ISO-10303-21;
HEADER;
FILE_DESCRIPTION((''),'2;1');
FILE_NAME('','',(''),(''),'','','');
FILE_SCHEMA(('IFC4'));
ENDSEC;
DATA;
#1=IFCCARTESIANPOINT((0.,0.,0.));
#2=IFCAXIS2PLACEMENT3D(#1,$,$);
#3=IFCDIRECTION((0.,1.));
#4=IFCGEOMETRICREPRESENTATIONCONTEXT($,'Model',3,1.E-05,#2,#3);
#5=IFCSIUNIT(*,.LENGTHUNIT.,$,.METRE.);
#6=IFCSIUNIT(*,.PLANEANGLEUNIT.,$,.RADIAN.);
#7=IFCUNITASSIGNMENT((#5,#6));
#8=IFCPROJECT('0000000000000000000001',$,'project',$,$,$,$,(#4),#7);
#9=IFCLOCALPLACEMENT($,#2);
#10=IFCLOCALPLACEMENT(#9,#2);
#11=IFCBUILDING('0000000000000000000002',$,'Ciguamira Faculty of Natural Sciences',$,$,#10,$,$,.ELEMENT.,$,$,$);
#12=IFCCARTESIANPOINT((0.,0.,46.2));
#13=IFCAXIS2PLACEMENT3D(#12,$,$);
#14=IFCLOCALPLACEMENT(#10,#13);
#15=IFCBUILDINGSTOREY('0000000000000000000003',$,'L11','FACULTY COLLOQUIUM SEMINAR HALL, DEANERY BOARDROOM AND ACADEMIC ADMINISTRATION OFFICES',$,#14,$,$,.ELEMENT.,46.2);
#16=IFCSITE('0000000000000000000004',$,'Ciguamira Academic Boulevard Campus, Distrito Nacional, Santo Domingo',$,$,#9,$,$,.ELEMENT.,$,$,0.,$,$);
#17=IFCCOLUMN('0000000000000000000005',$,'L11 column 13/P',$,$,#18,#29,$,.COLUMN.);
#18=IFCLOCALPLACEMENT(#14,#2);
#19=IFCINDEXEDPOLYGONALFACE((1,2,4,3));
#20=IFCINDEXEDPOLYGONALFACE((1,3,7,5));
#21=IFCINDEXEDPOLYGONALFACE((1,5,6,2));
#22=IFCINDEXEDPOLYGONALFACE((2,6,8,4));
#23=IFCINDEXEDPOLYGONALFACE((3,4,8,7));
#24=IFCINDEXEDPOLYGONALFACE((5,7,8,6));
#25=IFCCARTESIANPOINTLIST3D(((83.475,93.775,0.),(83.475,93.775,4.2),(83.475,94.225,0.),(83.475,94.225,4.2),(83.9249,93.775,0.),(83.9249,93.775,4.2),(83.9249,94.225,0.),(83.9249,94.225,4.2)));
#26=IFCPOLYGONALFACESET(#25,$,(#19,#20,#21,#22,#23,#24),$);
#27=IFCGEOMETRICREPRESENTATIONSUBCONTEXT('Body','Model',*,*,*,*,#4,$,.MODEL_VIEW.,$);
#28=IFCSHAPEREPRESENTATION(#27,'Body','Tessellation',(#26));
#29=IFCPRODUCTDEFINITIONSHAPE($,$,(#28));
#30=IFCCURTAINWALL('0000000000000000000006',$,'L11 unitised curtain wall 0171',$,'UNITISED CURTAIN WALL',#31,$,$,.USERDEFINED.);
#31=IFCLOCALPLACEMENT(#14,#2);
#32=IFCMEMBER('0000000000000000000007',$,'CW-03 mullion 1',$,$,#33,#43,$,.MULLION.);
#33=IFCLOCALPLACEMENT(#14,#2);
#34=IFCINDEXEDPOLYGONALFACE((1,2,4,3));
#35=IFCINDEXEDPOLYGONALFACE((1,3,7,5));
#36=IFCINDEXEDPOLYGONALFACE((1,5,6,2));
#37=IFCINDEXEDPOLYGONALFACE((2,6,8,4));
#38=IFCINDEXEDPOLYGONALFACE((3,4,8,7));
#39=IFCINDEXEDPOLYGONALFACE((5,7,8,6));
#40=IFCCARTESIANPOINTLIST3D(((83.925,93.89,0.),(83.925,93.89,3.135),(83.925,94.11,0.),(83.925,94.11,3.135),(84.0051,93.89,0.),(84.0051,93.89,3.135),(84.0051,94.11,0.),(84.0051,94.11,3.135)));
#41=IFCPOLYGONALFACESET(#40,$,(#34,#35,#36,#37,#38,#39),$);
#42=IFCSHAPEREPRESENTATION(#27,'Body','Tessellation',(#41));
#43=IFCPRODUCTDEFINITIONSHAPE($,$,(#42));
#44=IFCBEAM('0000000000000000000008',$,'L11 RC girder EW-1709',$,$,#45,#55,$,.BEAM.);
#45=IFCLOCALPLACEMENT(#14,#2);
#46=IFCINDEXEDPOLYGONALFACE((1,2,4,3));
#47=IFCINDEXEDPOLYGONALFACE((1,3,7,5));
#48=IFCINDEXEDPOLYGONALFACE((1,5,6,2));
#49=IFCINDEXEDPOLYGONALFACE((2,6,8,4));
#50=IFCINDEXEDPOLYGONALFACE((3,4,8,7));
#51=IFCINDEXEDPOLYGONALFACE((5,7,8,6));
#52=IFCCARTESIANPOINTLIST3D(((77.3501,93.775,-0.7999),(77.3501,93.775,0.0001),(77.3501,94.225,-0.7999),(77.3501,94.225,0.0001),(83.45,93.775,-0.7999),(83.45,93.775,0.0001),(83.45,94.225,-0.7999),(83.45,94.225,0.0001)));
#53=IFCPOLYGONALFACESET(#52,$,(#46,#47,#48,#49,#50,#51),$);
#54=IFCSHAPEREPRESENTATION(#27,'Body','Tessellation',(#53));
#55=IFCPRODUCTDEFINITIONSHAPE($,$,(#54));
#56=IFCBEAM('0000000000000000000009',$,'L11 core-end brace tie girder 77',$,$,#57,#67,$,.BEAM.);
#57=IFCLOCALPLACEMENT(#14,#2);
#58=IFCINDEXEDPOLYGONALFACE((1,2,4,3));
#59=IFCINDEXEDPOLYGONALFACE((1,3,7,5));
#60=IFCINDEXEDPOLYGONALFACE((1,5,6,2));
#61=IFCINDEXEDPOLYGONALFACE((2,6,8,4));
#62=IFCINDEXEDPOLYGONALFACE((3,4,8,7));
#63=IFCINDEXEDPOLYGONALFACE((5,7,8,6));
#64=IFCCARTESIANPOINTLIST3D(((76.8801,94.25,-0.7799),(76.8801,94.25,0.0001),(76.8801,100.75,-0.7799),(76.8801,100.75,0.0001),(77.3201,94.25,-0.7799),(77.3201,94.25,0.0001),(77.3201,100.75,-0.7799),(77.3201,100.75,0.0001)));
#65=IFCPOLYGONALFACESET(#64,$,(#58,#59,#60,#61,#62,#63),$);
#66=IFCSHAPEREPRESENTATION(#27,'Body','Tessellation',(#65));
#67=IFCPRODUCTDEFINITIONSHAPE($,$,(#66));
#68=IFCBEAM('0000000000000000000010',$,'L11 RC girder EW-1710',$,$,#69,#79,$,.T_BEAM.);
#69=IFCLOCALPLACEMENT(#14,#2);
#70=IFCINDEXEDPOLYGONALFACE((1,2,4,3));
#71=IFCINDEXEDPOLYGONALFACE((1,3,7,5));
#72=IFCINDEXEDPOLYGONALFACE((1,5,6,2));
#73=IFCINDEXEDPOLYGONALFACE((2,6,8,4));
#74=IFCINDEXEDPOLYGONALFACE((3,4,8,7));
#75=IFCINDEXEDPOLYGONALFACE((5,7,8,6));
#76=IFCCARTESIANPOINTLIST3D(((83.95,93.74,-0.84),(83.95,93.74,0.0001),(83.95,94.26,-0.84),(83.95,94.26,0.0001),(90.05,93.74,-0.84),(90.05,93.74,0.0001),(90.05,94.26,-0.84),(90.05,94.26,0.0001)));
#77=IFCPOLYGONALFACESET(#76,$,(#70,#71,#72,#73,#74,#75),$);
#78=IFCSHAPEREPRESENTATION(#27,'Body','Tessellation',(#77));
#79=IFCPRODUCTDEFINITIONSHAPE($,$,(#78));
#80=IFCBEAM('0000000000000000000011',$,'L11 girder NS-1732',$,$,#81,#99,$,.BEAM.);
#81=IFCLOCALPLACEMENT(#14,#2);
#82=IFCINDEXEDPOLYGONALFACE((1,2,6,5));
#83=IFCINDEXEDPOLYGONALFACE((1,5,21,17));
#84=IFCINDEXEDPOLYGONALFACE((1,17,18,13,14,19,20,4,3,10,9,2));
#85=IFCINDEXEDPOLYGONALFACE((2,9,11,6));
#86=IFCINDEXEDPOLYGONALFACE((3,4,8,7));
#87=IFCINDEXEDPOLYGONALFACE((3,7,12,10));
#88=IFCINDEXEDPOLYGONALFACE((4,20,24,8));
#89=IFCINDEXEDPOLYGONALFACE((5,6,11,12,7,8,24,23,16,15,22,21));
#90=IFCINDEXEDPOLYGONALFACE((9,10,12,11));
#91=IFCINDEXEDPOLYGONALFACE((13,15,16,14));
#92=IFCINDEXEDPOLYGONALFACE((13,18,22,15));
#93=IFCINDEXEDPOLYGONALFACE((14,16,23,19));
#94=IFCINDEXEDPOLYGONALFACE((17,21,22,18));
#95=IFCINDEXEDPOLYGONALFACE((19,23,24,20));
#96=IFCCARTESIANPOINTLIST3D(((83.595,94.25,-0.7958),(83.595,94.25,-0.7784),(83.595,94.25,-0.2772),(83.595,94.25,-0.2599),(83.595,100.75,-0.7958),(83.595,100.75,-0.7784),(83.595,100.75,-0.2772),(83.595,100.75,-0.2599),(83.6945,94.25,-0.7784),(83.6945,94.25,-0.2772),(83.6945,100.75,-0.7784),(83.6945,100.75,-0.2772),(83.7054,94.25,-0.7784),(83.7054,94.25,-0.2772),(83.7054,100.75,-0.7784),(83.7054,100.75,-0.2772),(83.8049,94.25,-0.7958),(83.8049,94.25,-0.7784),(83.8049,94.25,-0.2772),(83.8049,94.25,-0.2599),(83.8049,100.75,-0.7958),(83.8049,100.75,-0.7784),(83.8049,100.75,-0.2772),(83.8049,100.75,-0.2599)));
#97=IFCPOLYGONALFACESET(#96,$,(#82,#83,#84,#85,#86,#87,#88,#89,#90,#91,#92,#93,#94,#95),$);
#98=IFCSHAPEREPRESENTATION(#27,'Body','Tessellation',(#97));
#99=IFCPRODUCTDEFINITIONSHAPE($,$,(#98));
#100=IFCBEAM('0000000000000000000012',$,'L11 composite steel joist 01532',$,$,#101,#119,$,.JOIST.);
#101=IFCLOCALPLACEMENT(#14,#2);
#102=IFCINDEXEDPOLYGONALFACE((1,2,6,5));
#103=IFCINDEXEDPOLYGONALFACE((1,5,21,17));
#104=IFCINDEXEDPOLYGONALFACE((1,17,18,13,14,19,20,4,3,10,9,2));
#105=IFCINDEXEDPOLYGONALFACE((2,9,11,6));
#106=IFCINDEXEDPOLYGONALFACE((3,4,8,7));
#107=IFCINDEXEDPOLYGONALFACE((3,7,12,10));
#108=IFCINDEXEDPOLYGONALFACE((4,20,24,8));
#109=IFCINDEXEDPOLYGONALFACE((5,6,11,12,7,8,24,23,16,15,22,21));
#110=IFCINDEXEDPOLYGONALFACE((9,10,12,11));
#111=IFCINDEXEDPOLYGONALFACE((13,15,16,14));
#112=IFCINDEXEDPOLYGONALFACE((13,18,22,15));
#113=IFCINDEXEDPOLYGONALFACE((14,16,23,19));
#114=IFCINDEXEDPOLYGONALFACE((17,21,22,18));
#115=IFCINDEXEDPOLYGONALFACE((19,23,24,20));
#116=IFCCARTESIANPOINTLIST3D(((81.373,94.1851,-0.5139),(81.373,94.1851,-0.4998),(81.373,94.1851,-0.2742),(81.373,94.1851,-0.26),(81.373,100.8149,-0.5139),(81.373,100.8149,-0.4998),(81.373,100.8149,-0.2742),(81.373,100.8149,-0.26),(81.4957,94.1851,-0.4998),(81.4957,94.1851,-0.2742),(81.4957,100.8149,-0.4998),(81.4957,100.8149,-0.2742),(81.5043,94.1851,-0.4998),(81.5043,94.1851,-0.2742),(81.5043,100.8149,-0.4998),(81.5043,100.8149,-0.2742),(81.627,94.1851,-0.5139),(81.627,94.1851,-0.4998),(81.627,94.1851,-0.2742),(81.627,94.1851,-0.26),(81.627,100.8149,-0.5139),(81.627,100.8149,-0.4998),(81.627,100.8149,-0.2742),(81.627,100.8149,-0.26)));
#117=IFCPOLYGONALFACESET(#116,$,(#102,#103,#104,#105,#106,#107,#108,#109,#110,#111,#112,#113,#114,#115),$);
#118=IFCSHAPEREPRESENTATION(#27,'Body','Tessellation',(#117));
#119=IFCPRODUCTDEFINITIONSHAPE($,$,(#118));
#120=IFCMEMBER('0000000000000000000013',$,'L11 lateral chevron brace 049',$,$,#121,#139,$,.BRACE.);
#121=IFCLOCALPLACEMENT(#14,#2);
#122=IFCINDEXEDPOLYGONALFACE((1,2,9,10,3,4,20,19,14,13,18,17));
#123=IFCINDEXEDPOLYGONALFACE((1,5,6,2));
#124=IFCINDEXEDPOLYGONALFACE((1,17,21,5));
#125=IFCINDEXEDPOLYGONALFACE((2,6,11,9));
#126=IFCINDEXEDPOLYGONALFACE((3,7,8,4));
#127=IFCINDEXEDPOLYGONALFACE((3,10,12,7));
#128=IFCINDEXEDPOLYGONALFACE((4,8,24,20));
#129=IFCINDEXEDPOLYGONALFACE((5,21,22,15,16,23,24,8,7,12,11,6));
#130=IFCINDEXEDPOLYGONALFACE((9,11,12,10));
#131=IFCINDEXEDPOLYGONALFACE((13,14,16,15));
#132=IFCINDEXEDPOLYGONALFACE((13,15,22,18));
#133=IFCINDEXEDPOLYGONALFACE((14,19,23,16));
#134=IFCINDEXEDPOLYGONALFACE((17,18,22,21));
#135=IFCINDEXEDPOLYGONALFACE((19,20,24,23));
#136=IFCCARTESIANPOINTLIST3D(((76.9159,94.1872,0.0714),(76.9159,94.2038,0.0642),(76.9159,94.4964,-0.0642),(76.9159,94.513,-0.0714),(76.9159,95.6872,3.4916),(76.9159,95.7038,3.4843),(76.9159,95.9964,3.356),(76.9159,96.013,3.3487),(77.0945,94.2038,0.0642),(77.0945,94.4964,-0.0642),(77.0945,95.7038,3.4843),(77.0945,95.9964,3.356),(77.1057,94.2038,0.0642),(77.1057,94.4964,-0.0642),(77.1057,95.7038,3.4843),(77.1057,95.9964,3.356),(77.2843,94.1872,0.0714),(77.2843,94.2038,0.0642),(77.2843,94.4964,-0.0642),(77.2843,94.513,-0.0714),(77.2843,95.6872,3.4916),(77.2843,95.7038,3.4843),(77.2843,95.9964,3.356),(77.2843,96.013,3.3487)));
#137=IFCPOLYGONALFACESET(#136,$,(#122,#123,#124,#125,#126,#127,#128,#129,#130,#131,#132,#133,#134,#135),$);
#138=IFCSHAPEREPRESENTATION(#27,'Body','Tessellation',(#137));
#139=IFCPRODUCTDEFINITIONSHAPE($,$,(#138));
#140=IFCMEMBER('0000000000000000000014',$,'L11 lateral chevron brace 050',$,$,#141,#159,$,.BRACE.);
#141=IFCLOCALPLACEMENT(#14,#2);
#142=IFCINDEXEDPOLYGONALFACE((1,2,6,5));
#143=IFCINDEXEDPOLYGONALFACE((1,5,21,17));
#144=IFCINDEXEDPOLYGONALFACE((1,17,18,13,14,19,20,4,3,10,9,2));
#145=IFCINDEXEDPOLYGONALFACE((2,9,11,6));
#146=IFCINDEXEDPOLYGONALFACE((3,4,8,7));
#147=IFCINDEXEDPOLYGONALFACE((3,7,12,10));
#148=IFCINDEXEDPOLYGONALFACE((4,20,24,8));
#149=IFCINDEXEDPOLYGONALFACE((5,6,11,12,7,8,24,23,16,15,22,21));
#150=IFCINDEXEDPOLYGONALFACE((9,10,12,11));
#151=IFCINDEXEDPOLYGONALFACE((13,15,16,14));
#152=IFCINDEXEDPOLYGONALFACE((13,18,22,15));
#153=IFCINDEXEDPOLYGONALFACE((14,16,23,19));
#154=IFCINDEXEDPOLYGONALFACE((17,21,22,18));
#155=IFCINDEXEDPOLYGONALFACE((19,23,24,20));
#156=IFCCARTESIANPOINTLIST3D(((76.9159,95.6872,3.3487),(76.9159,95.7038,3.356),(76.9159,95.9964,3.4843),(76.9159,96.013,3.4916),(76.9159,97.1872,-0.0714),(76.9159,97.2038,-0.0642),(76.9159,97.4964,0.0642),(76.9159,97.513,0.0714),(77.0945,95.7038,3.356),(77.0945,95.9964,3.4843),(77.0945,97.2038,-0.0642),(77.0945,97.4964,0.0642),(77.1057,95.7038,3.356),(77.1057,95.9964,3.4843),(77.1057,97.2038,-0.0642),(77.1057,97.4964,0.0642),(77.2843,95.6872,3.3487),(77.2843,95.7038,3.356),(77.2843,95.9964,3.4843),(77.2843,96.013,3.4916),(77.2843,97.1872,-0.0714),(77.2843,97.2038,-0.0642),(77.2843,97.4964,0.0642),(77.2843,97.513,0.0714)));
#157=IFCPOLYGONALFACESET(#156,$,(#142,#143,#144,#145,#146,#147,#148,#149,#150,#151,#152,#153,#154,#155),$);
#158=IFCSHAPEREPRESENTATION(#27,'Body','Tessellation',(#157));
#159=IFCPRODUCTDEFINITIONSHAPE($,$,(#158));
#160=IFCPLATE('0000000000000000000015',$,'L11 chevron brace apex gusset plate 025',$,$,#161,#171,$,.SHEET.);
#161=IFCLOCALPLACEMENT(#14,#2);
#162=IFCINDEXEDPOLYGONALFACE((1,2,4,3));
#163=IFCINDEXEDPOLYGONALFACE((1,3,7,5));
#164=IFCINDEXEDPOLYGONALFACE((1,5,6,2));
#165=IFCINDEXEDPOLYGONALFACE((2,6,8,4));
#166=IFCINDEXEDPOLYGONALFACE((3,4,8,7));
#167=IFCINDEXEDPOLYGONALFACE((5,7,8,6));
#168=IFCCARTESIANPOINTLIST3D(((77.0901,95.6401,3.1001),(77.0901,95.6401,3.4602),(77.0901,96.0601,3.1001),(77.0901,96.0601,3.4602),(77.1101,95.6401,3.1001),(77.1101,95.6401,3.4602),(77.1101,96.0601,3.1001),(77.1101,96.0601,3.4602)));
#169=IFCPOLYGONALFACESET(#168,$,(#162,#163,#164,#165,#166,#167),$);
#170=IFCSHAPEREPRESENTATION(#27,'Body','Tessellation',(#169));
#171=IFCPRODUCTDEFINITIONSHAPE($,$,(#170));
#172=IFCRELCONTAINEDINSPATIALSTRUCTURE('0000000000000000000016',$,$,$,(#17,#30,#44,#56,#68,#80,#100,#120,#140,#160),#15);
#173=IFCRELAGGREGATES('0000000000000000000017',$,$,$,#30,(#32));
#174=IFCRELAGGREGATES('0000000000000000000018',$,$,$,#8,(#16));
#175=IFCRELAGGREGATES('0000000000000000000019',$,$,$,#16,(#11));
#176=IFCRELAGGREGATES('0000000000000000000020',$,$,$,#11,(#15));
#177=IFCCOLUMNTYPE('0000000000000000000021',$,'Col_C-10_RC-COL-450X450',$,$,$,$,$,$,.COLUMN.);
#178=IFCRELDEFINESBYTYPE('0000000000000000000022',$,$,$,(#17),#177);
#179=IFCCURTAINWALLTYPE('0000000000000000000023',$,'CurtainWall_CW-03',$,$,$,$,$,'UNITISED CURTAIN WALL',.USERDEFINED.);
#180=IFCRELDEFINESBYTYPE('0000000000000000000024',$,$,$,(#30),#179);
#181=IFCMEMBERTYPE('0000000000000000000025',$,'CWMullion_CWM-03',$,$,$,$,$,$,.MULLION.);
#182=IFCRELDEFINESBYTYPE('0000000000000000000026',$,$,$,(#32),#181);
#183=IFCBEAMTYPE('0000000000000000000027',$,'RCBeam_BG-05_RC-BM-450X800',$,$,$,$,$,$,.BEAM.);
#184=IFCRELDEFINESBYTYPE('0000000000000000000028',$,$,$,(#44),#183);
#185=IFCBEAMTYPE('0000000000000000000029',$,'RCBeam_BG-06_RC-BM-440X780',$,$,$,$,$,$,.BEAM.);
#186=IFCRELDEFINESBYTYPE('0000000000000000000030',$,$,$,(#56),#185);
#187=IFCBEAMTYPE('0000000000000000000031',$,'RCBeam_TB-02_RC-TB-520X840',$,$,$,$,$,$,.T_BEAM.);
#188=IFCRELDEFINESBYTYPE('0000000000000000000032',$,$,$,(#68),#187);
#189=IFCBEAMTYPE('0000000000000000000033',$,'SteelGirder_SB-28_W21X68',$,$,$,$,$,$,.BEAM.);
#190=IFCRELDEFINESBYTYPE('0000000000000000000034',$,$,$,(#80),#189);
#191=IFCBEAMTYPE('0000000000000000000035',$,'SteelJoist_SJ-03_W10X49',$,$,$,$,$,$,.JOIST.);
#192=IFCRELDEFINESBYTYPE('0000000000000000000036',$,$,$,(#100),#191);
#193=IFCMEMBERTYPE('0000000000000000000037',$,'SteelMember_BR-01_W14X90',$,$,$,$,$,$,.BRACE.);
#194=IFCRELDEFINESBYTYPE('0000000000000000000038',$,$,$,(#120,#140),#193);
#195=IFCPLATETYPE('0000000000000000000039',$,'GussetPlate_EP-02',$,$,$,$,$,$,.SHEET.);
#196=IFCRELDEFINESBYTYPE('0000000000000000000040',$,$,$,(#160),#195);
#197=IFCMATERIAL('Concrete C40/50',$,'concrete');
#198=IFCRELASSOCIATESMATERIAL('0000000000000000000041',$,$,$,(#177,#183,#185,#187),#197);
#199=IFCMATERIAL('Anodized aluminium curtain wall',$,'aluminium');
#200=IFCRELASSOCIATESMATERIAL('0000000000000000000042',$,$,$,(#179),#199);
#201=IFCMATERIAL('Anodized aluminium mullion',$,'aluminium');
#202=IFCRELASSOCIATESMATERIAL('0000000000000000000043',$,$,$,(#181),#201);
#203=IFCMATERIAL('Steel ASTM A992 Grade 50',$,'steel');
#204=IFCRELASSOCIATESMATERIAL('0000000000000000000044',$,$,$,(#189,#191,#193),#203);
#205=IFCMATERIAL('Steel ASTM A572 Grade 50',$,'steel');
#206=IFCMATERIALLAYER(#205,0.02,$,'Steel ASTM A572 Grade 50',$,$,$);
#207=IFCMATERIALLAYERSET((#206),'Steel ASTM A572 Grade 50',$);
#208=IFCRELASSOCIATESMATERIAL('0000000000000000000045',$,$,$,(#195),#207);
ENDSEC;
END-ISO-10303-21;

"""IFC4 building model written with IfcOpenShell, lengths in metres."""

from ifc_helpers import new_model, si_unit, direction, frame, origin, origin_2d, place, context, subcontext, project, spatial, rectangle, i_section, extrude, material, layer, layer_set, material_profile, profile_set, type_object, element, aggregate, save


model = new_model("IFC4")

# Units and contexts
model_context = context("Model", 3, precision=1e-05, world=origin(), true_north=direction((0.0, 1.0)))
body_context = subcontext(model_context, "Body", "Model", "MODEL_VIEW")
ifc_project = project(units=[si_unit("LENGTHUNIT", "METRE"), si_unit("PLANEANGLEUNIT", "RADIAN")], contexts=[model_context])

# Site, building, storey
site_placement = place(None, origin())
site = spatial("IfcSite", under=ifc_project, at=site_placement, Name="Ciguamira Academic Boulevard Campus, Distrito Nacional, Santo Domingo", CompositionType="ELEMENT", RefElevation=0.0)
building_placement = place(site_placement, origin())
building = spatial("IfcBuilding", under=site, at=building_placement, Name="Ciguamira Faculty of Natural Sciences", CompositionType="ELEMENT")
storey_placement = place(building_placement, frame((0.0, 0.0, 46.2)))
storey = spatial("IfcBuildingStorey", under=building, at=storey_placement, Name="L11", Description="FACULTY COLLOQUIUM SEMINAR HALL, DEANERY BOARDROOM AND ACADEMIC ADMINISTRATION OFFICES", CompositionType="ELEMENT", Elevation=46.2)

# Column
ifc_material_1 = material(Name="Concrete C40/50", Category="concrete")
ifc_material_profile_1 = material_profile(ifc_material_1, rectangle(XDim=0.45, YDim=0.45, at=origin_2d()), Name="RC-COL-450X450")
ifc_profile_set_1 = profile_set([ifc_material_profile_1], Name="Concrete C40/50")
column_type = type_object("IfcColumnType", Name="Col_C-10_RC-COL-450X450", PredefinedType="COLUMN", material=ifc_profile_set_1)
column_placement = place(storey_placement, frame((83.7, 94.0, 0.0), z_axis=(0.0, 0.0, 1.0), x_axis=(1.0, 0.0, 0.0)))
element("IfcColumn", 1, at=column_placement, inside=storey, type_object=column_type, Name="L11 column 13/P", PredefinedType="COLUMN", context=body_context, shape_type="SweptSolid", body=[
    extrude(rectangle(XDim=0.45, YDim=0.45, at=origin_2d()), origin(), (0.0, 0.0, 1.0), 4.2),
])

# Curtain wall, member
ifc_material_2 = material(Name="Anodized aluminium curtain wall", Category="aluminium")
curtain_wall_type = type_object("IfcCurtainWallType", Name="CurtainWall_CW-03", ElementType="UNITISED CURTAIN WALL", PredefinedType="USERDEFINED", material=ifc_material_2)
curtain_wall_placement = place(storey_placement, origin())
curtain_wall = element("IfcCurtainWall", 2, at=curtain_wall_placement, inside=storey, type_object=curtain_wall_type, Name="L11 unitised curtain wall 0171", ObjectType="UNITISED CURTAIN WALL", PredefinedType="USERDEFINED")
ifc_material_3 = material(Name="Anodized aluminium mullion", Category="aluminium")
ifc_material_profile_2 = material_profile(ifc_material_3, rectangle(XDim=0.0801, YDim=0.22, at=origin_2d()), Name="ALU-MUL-80X220")
ifc_profile_set_2 = profile_set([ifc_material_profile_2], Name="Anodized aluminium mullion")
member_type_1 = type_object("IfcMemberType", Name="CWMullion_CWM-03", PredefinedType="MULLION", material=ifc_profile_set_2)
member_placement = place(storey_placement, frame((83.9651, 94.0, 0.0), z_axis=(0.0, 0.0, 1.0), x_axis=(1.0, 0.0, 0.0)))
member = element("IfcMember", 3, at=member_placement, type_object=member_type_1, Name="CW-03 mullion 1", PredefinedType="MULLION", context=body_context, shape_type="SweptSolid", body=[
    extrude(rectangle(XDim=0.0801, YDim=0.22, at=origin_2d()), origin(), (0.0, 0.0, 1.0), 3.135),
])
aggregate(curtain_wall, [member])

# Beams
ifc_material_profile_3 = material_profile(ifc_material_1, rectangle(XDim=0.45, YDim=0.8, at=origin_2d()), Name="RC-BM-450X800")
ifc_profile_set_3 = profile_set([ifc_material_profile_3], Name="Concrete C40/50")
beam_type_1 = type_object("IfcBeamType", Name="RCBeam_BG-05_RC-BM-450X800", PredefinedType="BEAM", material=ifc_profile_set_3)
beam_1_placement = place(storey_placement, frame((77.3501, 94.0, -0.3999), z_axis=(1.0, 0.0, 0.0), x_axis=(0.0, 1.0, 0.0)))
element("IfcBeam", 4, at=beam_1_placement, inside=storey, type_object=beam_type_1, Name="L11 RC girder EW-1709", PredefinedType="BEAM", context=body_context, shape_type="SweptSolid", body=[
    extrude(rectangle(XDim=0.45, YDim=0.8, at=origin_2d()), origin(), (0.0, 0.0, 1.0), 6.0999),
])
ifc_material_profile_4 = material_profile(ifc_material_1, rectangle(XDim=0.4399, YDim=0.78, at=origin_2d()), Name="RC-BM-440X780")
ifc_profile_set_4 = profile_set([ifc_material_profile_4], Name="Concrete C40/50")
beam_type_2 = type_object("IfcBeamType", Name="RCBeam_BG-06_RC-BM-440X780", PredefinedType="BEAM", material=ifc_profile_set_4)
beam_2_placement = place(storey_placement, frame((77.1001, 94.25, -0.3899), z_axis=(0.0, 1.0, 0.0), x_axis=(-1.0, 0.0, 0.0)))
element("IfcBeam", 5, at=beam_2_placement, inside=storey, type_object=beam_type_2, Name="L11 core-end brace tie girder 77", PredefinedType="BEAM", context=body_context, shape_type="SweptSolid", body=[
    extrude(rectangle(XDim=0.4399, YDim=0.78, at=origin_2d()), origin(), (0.0, 0.0, 1.0), 6.5),
])
ifc_material_profile_5 = material_profile(ifc_material_1, rectangle(XDim=0.52, YDim=0.8401, at=origin_2d()), Name="RC-TB-520X840")
ifc_profile_set_5 = profile_set([ifc_material_profile_5], Name="Concrete C40/50")
beam_type_3 = type_object("IfcBeamType", Name="RCBeam_TB-02_RC-TB-520X840", PredefinedType="T_BEAM", material=ifc_profile_set_5)
beam_3_placement = place(storey_placement, frame((83.95, 94.0, -0.4199), z_axis=(1.0, 0.0, 0.0), x_axis=(0.0, 1.0, 0.0)))
element("IfcBeam", 6, at=beam_3_placement, inside=storey, type_object=beam_type_3, Name="L11 RC girder EW-1710", PredefinedType="T_BEAM", context=body_context, shape_type="SweptSolid", body=[
    extrude(rectangle(XDim=0.52, YDim=0.8401, at=origin_2d()), origin(), (0.0, 0.0, 1.0), 6.1001),
])
ifc_material_4 = material(Name="Steel ASTM A992 Grade 50", Category="steel")
ifc_material_profile_6 = material_profile(ifc_material_4, i_section(OverallWidth=0.21, OverallDepth=0.5359, WebThickness=0.011, FlangeThickness=0.0173, at=origin_2d()), Name="W21X68")
ifc_profile_set_6 = profile_set([ifc_material_profile_6], Name="Steel ASTM A992 Grade 50")
beam_type_4 = type_object("IfcBeamType", Name="SteelGirder_SB-28_W21X68", PredefinedType="BEAM", material=ifc_profile_set_6)
beam_4_placement = place(storey_placement, frame((83.7, 94.25, -0.5278), z_axis=(0.0, 1.0, 0.0), x_axis=(-1.0, 0.0, 0.0)))
element("IfcBeam", 7, at=beam_4_placement, inside=storey, type_object=beam_type_4, Name="L11 girder NS-1732", PredefinedType="BEAM", context=body_context, shape_type="SweptSolid", body=[
    extrude(i_section(OverallWidth=0.21, OverallDepth=0.5359, WebThickness=0.011, FlangeThickness=0.0173, at=origin_2d()), origin(), (0.0, 0.0, 1.0), 6.5),
])
ifc_material_profile_7 = material_profile(ifc_material_4, i_section(OverallWidth=0.2539, OverallDepth=0.2539, WebThickness=0.0085, FlangeThickness=0.0142, at=origin_2d()), Name="W10X49")
ifc_profile_set_7 = profile_set([ifc_material_profile_7], Name="Steel ASTM A992 Grade 50")
beam_type_5 = type_object("IfcBeamType", Name="SteelJoist_SJ-03_W10X49", PredefinedType="JOIST", material=ifc_profile_set_7)
beam_5_placement = place(storey_placement, frame((81.5, 94.1851, -0.387), z_axis=(0.0, 1.0, 0.0), x_axis=(-1.0, 0.0, 0.0)))
element("IfcBeam", 8, at=beam_5_placement, inside=storey, type_object=beam_type_5, Name="L11 composite steel joist 01532", PredefinedType="JOIST", context=body_context, shape_type="SweptSolid", body=[
    extrude(i_section(OverallWidth=0.2539, OverallDepth=0.2539, WebThickness=0.0085, FlangeThickness=0.0142, at=origin_2d()), origin(), (0.0, 0.0, 1.0), 6.6299),
])

# Members
ifc_material_profile_8 = material_profile(ifc_material_4, i_section(OverallWidth=0.3684, OverallDepth=0.3557, WebThickness=0.0112, FlangeThickness=0.0181, at=origin_2d()), Name="W14X90")
ifc_profile_set_8 = profile_set([ifc_material_profile_8], Name="Steel ASTM A992 Grade 50")
member_type_2 = type_object("IfcMemberType", Name="SteelMember_BR-01_W14X90", PredefinedType="BRACE", material=ifc_profile_set_8)
for number, where, z_axis, x_axis, name in (
    (9, (77.1001, 94.3501, 0.0), (0.0, 0.401645, 0.915795), (-1.0, 0.0, 0.0), "L11 lateral chevron brace 049"),
    (10, (77.1001, 97.3501, 0.0), (0.0, -0.401645, 0.915795), (1.0, 0.0, 0.0), "L11 lateral chevron brace 050"),
):
    element("IfcMember", number, at=place(storey_placement, frame(where, z_axis=z_axis, x_axis=x_axis)), inside=storey, type_object=member_type_2, Name=name, PredefinedType="BRACE", context=body_context, shape_type="SweptSolid", body=[
        extrude(i_section(OverallWidth=0.3684, OverallDepth=0.3557, WebThickness=0.0112, FlangeThickness=0.0181, at=origin_2d()), origin(), (0.0, 0.0, 1.0), 3.7346),
    ])

# Plate
ifc_material_5 = material(Name="Steel ASTM A572 Grade 50", Category="steel")
ifc_layer_1 = layer(ifc_material_5, 0.02, Name="Steel ASTM A572 Grade 50")
ifc_layer_set_1 = layer_set([ifc_layer_1], Name="Steel ASTM A572 Grade 50")
plate_type = type_object("IfcPlateType", Name="GussetPlate_EP-02", PredefinedType="SHEET", material=ifc_layer_set_1)
plate_placement = place(storey_placement, frame((77.1001, 95.8501, 3.1001), z_axis=(0.0, 0.0, 1.0), x_axis=(1.0, 0.0, 0.0)))
element("IfcPlate", 11, at=plate_placement, inside=storey, type_object=plate_type, Name="L11 chevron brace apex gusset plate 025", PredefinedType="SHEET", context=body_context, shape_type="SweptSolid", body=[
    extrude(rectangle(XDim=0.02, YDim=0.4199, at=origin_2d()), origin(), (0.0, 0.0, 1.0), 0.3601),
])

save(model, "model.ifc")
